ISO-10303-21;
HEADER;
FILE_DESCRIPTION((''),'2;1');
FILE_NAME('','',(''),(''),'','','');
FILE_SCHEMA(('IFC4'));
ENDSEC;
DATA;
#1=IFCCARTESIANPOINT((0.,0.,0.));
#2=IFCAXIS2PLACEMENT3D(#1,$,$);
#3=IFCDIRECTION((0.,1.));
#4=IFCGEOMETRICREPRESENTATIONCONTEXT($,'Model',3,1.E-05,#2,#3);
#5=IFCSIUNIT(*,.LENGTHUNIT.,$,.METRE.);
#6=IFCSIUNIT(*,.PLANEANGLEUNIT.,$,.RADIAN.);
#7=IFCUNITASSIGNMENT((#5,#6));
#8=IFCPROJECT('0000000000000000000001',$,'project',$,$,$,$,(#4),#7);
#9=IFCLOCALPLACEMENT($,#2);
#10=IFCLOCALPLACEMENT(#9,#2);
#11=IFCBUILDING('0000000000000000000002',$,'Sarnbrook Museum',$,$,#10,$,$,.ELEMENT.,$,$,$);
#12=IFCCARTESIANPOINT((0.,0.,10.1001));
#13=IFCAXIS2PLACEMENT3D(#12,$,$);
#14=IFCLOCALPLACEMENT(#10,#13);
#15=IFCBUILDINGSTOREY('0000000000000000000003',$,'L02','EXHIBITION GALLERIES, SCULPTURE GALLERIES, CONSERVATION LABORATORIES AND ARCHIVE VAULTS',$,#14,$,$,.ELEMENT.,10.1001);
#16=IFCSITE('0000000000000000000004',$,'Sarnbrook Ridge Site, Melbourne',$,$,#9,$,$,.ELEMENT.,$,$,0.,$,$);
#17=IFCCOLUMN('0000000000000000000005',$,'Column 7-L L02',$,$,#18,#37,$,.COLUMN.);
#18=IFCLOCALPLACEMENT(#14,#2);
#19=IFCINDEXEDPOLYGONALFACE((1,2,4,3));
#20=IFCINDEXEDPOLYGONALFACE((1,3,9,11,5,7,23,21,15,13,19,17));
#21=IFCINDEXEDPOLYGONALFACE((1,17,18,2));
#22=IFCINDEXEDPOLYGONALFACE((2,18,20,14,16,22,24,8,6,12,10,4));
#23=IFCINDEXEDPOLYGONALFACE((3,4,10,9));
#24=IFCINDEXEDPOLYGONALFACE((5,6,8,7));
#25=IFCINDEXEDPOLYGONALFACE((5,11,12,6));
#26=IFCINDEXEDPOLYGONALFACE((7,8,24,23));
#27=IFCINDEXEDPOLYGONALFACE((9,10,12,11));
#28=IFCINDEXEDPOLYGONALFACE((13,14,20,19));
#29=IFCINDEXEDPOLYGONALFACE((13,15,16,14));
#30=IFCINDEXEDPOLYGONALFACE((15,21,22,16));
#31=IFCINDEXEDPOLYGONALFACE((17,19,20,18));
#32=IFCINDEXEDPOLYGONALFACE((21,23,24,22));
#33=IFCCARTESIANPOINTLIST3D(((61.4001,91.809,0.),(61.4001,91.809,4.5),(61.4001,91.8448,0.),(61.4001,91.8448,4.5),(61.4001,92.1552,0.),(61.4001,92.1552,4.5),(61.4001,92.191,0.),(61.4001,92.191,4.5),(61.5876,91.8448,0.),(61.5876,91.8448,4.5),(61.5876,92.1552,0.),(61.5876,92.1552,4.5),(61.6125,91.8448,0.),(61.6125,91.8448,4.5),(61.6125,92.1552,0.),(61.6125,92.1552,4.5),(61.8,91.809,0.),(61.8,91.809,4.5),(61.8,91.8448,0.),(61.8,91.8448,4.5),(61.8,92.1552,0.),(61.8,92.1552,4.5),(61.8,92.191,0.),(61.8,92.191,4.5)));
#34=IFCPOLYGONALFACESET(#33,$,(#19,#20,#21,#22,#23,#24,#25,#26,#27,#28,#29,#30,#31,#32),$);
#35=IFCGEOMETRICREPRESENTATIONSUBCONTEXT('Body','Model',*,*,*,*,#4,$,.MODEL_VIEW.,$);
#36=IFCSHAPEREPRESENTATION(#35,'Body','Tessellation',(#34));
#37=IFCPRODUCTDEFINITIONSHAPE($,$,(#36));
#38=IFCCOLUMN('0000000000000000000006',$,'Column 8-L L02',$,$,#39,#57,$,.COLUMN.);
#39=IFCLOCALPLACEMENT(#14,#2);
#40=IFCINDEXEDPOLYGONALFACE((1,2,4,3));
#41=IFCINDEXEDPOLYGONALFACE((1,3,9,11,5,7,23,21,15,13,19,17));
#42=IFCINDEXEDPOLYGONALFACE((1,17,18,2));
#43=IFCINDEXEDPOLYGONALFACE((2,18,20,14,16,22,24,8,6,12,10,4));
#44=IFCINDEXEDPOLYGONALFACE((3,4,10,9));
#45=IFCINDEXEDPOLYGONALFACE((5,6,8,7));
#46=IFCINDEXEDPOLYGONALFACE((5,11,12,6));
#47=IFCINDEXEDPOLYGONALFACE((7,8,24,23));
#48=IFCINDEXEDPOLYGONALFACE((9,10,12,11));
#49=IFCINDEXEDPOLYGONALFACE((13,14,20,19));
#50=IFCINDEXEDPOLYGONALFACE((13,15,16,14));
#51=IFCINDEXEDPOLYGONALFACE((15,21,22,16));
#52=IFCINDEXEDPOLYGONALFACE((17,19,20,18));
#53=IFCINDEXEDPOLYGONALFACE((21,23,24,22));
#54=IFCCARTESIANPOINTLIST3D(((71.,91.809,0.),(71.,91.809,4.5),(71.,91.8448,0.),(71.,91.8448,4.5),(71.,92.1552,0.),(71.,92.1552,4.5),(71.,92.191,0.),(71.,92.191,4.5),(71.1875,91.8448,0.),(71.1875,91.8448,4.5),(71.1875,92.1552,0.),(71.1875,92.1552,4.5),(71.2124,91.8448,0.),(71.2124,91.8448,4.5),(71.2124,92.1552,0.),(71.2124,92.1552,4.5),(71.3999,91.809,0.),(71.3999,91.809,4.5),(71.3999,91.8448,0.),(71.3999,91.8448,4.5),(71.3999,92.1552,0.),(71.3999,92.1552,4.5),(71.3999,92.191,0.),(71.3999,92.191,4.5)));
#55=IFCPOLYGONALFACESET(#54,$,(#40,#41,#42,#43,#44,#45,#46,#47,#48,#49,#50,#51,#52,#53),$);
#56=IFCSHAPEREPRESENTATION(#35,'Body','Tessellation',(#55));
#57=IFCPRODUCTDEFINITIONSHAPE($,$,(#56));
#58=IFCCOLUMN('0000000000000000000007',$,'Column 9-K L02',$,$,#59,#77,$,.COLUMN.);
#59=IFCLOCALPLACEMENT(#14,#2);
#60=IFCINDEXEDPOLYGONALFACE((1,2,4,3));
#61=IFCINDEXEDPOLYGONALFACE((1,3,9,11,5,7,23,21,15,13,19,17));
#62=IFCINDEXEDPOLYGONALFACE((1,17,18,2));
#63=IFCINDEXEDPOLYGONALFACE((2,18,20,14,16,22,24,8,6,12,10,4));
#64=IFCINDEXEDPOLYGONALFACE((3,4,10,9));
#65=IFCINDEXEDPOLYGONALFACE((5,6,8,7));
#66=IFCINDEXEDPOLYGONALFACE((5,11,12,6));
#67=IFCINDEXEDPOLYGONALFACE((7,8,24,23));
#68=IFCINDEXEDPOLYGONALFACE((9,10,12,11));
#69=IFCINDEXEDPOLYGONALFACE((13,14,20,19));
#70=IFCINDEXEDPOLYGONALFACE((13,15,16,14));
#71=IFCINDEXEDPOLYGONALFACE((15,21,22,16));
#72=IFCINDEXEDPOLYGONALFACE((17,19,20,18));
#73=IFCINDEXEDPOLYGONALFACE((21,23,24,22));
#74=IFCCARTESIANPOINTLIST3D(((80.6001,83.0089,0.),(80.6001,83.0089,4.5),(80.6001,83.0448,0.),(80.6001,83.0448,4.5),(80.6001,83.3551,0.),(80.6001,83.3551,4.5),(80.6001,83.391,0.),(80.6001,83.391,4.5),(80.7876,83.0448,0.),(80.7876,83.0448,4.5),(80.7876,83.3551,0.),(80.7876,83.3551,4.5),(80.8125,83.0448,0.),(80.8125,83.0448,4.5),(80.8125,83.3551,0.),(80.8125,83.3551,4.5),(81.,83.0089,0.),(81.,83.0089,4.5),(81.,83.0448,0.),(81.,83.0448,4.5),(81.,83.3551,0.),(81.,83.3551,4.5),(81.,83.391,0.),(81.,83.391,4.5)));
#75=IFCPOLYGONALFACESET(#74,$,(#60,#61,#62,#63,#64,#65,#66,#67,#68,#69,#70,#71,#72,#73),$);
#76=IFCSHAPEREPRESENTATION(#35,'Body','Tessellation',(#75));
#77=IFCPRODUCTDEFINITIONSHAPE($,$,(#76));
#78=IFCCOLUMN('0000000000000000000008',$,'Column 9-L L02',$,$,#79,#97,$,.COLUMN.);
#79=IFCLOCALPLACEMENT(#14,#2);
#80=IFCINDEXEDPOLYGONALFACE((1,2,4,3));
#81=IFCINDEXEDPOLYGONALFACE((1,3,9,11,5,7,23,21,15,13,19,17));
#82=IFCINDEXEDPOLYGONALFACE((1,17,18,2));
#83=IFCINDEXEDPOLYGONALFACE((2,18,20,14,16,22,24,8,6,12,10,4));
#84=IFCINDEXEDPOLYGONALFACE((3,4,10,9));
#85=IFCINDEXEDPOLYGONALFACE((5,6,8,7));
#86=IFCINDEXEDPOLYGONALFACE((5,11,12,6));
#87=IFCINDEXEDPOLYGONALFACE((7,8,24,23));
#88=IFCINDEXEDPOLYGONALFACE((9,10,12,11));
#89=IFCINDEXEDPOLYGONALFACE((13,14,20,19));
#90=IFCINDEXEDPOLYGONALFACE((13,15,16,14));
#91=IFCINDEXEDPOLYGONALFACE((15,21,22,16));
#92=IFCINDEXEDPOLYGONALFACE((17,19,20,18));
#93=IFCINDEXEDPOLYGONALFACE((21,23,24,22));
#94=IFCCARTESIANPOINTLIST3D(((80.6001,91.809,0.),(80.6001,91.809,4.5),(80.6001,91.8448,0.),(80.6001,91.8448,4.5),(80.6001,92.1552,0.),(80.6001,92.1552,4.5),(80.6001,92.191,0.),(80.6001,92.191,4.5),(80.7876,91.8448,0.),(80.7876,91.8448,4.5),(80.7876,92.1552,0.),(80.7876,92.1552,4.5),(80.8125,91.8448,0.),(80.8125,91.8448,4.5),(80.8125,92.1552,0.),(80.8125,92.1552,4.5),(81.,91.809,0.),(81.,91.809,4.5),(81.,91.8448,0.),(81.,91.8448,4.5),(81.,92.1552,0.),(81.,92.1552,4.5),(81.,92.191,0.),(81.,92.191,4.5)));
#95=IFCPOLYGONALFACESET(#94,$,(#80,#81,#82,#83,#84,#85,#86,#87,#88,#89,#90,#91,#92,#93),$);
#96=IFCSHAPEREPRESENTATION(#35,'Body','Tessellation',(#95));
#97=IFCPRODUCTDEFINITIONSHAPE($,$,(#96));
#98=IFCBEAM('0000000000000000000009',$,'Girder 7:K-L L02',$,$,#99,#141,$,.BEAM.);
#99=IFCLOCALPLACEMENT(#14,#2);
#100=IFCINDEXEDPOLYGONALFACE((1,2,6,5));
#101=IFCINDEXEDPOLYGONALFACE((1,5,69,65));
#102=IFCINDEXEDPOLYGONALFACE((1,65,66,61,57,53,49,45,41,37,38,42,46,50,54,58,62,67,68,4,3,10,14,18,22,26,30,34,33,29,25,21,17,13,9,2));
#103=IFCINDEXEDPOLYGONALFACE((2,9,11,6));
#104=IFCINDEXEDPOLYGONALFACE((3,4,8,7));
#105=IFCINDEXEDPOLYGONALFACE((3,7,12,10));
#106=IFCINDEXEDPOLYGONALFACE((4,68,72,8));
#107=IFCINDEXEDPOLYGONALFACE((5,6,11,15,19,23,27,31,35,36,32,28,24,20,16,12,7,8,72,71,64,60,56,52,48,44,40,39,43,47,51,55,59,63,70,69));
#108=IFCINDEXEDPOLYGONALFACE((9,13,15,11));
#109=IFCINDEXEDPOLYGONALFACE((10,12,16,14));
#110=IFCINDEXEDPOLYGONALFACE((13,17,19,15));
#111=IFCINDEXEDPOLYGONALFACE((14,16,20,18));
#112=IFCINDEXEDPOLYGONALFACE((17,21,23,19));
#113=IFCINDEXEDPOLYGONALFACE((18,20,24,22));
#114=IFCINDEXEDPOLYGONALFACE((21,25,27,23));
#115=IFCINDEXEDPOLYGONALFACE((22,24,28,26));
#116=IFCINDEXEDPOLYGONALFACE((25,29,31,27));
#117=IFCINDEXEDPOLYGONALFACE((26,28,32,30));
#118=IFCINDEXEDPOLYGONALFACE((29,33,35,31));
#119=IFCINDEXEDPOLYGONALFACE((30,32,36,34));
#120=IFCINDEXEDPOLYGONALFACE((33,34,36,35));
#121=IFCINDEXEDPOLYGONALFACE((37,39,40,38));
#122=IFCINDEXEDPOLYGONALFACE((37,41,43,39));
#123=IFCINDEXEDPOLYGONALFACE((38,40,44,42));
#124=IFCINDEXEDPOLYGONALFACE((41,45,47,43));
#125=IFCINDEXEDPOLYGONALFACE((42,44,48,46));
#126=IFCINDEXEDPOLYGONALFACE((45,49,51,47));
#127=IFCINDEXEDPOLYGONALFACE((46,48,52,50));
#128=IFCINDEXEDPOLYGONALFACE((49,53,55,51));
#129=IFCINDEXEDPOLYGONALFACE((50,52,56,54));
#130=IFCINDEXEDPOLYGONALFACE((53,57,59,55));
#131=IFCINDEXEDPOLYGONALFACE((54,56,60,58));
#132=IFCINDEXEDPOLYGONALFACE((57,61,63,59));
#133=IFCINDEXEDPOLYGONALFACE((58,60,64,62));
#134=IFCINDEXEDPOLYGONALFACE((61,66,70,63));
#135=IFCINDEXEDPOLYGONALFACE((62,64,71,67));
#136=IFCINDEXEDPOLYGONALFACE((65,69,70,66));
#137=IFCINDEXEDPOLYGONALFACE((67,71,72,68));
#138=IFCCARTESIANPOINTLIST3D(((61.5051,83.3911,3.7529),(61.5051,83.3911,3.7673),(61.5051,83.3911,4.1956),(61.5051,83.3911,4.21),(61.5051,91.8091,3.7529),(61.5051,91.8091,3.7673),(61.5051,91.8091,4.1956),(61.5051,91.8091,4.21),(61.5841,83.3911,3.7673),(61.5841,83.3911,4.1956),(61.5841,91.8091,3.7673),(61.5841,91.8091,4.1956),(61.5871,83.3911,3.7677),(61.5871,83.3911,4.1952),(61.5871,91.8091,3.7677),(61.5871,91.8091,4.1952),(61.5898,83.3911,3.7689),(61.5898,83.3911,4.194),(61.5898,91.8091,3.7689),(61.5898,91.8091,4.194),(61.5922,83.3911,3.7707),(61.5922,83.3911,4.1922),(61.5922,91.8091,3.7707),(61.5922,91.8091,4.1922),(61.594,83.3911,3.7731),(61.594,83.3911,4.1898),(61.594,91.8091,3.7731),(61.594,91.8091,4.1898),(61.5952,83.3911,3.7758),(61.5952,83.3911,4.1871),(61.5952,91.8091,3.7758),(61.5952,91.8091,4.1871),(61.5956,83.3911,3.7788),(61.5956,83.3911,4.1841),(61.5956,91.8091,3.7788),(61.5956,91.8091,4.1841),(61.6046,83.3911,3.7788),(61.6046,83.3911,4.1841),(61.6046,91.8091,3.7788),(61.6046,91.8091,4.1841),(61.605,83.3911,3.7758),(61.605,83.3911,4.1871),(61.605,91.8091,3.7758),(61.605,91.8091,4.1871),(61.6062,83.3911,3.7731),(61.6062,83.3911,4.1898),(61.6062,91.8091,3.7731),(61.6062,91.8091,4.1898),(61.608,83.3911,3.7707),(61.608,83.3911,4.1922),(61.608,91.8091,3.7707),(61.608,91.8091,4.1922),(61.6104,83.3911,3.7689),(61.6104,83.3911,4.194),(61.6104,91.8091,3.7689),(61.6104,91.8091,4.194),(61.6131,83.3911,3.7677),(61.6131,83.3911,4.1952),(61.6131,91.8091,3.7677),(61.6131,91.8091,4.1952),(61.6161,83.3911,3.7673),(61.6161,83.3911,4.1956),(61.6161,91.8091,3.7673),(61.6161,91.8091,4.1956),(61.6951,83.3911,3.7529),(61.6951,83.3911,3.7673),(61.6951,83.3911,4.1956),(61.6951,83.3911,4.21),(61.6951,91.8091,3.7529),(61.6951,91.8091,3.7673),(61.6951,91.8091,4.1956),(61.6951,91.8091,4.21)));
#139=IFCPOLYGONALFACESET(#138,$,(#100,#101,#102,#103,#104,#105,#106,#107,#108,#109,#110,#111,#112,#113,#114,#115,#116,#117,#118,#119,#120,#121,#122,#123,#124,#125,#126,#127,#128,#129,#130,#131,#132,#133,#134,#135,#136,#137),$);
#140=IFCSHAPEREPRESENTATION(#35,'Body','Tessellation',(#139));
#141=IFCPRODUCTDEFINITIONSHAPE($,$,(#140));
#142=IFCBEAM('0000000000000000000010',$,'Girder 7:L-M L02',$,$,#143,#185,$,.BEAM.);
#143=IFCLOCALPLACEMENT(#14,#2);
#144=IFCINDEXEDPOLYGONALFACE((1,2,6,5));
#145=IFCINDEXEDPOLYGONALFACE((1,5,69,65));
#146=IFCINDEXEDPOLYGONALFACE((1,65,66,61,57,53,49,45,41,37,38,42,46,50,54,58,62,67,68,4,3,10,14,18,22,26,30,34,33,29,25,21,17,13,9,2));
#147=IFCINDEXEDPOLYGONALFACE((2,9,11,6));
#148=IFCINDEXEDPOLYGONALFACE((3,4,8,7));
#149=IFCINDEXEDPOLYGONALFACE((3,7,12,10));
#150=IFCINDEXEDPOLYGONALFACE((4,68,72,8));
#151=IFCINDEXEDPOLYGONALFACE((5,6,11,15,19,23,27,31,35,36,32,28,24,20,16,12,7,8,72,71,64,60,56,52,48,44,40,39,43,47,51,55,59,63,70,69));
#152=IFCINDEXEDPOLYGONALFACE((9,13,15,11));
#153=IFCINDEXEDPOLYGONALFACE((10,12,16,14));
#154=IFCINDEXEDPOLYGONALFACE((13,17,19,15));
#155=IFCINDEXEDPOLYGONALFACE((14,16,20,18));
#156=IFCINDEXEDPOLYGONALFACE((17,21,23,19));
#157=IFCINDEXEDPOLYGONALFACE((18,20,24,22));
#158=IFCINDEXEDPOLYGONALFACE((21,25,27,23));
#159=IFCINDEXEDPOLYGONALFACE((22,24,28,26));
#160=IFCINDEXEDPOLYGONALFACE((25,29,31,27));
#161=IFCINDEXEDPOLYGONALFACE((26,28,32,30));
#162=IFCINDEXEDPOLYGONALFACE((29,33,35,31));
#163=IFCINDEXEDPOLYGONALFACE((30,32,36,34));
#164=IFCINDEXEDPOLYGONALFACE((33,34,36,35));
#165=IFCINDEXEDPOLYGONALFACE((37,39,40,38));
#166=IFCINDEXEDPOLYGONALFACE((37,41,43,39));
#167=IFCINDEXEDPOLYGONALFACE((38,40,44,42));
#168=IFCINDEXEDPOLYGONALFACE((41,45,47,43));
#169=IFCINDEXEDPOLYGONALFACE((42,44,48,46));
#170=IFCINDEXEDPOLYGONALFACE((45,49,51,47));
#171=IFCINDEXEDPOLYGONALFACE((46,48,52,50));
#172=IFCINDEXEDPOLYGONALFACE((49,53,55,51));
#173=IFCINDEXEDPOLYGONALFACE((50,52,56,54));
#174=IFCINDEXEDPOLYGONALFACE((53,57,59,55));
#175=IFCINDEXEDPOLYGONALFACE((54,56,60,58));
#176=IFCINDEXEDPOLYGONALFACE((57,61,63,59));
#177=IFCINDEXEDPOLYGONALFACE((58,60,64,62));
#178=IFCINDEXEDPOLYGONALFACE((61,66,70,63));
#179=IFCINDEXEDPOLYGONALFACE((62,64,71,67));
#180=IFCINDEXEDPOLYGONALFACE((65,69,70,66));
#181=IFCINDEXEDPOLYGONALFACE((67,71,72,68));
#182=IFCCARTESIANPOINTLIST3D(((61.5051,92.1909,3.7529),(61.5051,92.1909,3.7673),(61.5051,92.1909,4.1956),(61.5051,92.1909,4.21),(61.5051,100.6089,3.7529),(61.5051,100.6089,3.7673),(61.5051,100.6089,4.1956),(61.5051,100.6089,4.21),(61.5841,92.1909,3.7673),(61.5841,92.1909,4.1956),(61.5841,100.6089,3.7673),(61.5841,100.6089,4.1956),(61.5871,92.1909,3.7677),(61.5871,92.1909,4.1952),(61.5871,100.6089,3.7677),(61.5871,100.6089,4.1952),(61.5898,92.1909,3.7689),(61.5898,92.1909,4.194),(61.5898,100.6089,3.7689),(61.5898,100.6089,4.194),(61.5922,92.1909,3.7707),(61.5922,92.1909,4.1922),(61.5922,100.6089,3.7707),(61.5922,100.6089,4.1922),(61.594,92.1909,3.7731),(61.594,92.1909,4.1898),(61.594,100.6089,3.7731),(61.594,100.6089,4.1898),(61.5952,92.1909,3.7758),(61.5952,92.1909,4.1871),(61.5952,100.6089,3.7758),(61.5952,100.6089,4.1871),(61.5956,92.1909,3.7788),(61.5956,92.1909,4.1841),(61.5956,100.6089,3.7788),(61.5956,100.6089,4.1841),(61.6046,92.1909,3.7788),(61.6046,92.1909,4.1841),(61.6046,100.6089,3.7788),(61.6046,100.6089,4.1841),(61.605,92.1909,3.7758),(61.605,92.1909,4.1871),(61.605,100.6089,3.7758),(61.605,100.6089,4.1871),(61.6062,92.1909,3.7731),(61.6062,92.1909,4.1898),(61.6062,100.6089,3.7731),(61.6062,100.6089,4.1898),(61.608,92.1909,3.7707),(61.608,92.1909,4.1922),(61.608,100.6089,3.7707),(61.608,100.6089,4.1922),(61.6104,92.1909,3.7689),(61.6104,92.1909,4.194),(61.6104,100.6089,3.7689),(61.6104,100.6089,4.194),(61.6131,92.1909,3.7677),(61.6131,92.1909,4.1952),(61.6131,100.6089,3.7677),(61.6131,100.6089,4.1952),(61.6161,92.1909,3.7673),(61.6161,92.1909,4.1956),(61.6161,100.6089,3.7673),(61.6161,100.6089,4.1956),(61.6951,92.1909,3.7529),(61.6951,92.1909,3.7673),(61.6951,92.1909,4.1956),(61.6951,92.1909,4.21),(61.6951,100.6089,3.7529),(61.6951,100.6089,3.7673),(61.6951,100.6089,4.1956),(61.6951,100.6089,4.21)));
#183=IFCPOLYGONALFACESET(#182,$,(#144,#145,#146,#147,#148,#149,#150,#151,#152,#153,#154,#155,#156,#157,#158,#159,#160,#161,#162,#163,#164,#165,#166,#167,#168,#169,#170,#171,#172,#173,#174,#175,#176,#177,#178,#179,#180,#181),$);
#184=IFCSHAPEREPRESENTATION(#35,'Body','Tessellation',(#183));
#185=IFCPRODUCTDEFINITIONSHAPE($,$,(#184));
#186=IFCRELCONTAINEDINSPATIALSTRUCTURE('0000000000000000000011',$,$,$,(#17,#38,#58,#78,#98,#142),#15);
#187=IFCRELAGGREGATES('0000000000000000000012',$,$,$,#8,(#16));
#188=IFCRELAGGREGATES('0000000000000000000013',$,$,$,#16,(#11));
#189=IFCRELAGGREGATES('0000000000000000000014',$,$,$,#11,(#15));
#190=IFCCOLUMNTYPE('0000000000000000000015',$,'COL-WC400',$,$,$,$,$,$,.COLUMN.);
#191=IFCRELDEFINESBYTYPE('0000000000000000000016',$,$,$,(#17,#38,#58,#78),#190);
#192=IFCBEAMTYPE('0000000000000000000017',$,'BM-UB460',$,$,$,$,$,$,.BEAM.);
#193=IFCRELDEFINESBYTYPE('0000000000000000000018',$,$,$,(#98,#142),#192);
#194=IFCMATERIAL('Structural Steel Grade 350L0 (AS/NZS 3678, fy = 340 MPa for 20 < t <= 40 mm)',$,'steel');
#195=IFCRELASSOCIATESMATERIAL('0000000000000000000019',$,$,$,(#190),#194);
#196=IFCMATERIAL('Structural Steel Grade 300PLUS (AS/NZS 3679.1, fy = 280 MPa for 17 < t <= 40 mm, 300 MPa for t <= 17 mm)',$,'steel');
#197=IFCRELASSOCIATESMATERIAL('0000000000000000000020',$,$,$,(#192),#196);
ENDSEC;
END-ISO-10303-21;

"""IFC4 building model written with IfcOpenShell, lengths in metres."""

from ifc_helpers import new_model, si_unit, direction, frame, origin, origin_2d, place, context, subcontext, project, spatial, i_section, extrude, material, material_profile, profile_set, type_object, element, save


model = new_model("IFC4")

# Units and contexts
model_context = context("Model", 3, precision=1e-05, world=origin(), true_north=direction((0.0, 1.0)))
body_context = subcontext(model_context, "Body", "Model", "MODEL_VIEW")
ifc_project = project(units=[si_unit("LENGTHUNIT", "METRE"), si_unit("PLANEANGLEUNIT", "RADIAN")], contexts=[model_context])

# Site, building, storey
site_placement = place(None, origin())
site = spatial("IfcSite", under=ifc_project, at=site_placement, Name="Sarnbrook Ridge Site, Melbourne", CompositionType="ELEMENT", RefElevation=0.0)
building_placement = place(site_placement, origin())
building = spatial("IfcBuilding", under=site, at=building_placement, Name="Sarnbrook Museum", CompositionType="ELEMENT")
storey_placement = place(building_placement, frame((0.0, 0.0, 10.1001)))
storey = spatial("IfcBuildingStorey", under=building, at=storey_placement, Name="L02", Description="EXHIBITION GALLERIES, SCULPTURE GALLERIES, CONSERVATION LABORATORIES AND ARCHIVE VAULTS", CompositionType="ELEMENT", Elevation=10.1001)

# Columns
ifc_material_1 = material(Name="Structural Steel Grade 350L0 (AS/NZS 3678, fy = 340 MPa for 20 < t <= 40 mm)", Category="steel")
ifc_material_profile_1 = material_profile(ifc_material_1, i_section(OverallWidth=0.3999, OverallDepth=0.3821, WebThickness=0.0249, FlangeThickness=0.0359, at=origin_2d()), Name="400WC270")
ifc_profile_set_1 = profile_set([ifc_material_profile_1], Name="Structural Steel Grade 350L0 (AS/NZS 3678, fy = 340 MPa for 20 < t <= 40 mm)")
column_type = type_object("IfcColumnType", Name="COL-WC400", PredefinedType="COLUMN", material=ifc_profile_set_1)
for number, where, z_axis, x_axis, name in (
    (1, (61.6001, 92.0, 0.0), (0.0, 0.0, 1.0), (1.0, 0.0, 0.0), "Column 7-L L02"),
    (2, (71.2, 92.0, 0.0), (0.0, 0.0, 1.0), (1.0, 0.0, 0.0), "Column 8-L L02"),
    (3, (80.8, 83.2, 0.0), (0.0, 0.0, 1.0), (1.0, 0.0, 0.0), "Column 9-K L02"),
    (4, (80.8, 92.0, 0.0), (0.0, 0.0, 1.0), (1.0, 0.0, 0.0), "Column 9-L L02"),
):
    element("IfcColumn", number, at=place(storey_placement, frame(where, z_axis=z_axis, x_axis=x_axis)), inside=storey, type_object=column_type, Name=name, PredefinedType="COLUMN", context=body_context, shape_type="SweptSolid", body=[
        extrude(i_section(OverallWidth=0.3999, OverallDepth=0.3821, WebThickness=0.0249, FlangeThickness=0.0359, at=origin_2d()), origin(), (0.0, 0.0, 1.0), 4.5),
    ])

# Beams
ifc_material_2 = material(Name="Structural Steel Grade 300PLUS (AS/NZS 3679.1, fy = 280 MPa for 17 < t <= 40 mm, 300 MPa for t <= 17 mm)", Category="steel")
ifc_material_profile_2 = material_profile(ifc_material_2, i_section(OverallWidth=0.1899, OverallDepth=0.457, WebThickness=0.009, FlangeThickness=0.0144, FilletRadius=0.0115, at=origin_2d()), Name="460UB74.6")
ifc_profile_set_2 = profile_set([ifc_material_profile_2], Name="Structural Steel Grade 300PLUS (AS/NZS 3679.1, fy = 280 MPa for 17 < t <= 40 mm, 300 MPa for t <= 17 mm)")
beam_type_1 = type_object("IfcBeamType", Name="BM-UB460", PredefinedType="BEAM", material=ifc_profile_set_2)
for number, where, z_axis, x_axis, name in (
    (5, (61.6001, 83.3911, 3.9814), (0.0, 1.0, 0.0), (-1.0, 0.0, 0.0), "Girder 7:K-L L02"),
    (6, (61.6001, 92.1909, 3.9814), (0.0, 1.0, 0.0), (-1.0, 0.0, 0.0), "Girder 7:L-M L02"),
):
    element("IfcBeam", number, at=place(storey_placement, frame(where, z_axis=z_axis, x_axis=x_axis)), inside=storey, type_object=beam_type_1, Name=name, PredefinedType="BEAM", context=body_context, shape_type="SweptSolid", body=[
        extrude(i_section(OverallWidth=0.1899, OverallDepth=0.457, WebThickness=0.009, FlangeThickness=0.0144, FilletRadius=0.0115, at=origin_2d()), origin(), (0.0, 0.0, 1.0), 8.418),
    ])

save(model, "model.ifc")
